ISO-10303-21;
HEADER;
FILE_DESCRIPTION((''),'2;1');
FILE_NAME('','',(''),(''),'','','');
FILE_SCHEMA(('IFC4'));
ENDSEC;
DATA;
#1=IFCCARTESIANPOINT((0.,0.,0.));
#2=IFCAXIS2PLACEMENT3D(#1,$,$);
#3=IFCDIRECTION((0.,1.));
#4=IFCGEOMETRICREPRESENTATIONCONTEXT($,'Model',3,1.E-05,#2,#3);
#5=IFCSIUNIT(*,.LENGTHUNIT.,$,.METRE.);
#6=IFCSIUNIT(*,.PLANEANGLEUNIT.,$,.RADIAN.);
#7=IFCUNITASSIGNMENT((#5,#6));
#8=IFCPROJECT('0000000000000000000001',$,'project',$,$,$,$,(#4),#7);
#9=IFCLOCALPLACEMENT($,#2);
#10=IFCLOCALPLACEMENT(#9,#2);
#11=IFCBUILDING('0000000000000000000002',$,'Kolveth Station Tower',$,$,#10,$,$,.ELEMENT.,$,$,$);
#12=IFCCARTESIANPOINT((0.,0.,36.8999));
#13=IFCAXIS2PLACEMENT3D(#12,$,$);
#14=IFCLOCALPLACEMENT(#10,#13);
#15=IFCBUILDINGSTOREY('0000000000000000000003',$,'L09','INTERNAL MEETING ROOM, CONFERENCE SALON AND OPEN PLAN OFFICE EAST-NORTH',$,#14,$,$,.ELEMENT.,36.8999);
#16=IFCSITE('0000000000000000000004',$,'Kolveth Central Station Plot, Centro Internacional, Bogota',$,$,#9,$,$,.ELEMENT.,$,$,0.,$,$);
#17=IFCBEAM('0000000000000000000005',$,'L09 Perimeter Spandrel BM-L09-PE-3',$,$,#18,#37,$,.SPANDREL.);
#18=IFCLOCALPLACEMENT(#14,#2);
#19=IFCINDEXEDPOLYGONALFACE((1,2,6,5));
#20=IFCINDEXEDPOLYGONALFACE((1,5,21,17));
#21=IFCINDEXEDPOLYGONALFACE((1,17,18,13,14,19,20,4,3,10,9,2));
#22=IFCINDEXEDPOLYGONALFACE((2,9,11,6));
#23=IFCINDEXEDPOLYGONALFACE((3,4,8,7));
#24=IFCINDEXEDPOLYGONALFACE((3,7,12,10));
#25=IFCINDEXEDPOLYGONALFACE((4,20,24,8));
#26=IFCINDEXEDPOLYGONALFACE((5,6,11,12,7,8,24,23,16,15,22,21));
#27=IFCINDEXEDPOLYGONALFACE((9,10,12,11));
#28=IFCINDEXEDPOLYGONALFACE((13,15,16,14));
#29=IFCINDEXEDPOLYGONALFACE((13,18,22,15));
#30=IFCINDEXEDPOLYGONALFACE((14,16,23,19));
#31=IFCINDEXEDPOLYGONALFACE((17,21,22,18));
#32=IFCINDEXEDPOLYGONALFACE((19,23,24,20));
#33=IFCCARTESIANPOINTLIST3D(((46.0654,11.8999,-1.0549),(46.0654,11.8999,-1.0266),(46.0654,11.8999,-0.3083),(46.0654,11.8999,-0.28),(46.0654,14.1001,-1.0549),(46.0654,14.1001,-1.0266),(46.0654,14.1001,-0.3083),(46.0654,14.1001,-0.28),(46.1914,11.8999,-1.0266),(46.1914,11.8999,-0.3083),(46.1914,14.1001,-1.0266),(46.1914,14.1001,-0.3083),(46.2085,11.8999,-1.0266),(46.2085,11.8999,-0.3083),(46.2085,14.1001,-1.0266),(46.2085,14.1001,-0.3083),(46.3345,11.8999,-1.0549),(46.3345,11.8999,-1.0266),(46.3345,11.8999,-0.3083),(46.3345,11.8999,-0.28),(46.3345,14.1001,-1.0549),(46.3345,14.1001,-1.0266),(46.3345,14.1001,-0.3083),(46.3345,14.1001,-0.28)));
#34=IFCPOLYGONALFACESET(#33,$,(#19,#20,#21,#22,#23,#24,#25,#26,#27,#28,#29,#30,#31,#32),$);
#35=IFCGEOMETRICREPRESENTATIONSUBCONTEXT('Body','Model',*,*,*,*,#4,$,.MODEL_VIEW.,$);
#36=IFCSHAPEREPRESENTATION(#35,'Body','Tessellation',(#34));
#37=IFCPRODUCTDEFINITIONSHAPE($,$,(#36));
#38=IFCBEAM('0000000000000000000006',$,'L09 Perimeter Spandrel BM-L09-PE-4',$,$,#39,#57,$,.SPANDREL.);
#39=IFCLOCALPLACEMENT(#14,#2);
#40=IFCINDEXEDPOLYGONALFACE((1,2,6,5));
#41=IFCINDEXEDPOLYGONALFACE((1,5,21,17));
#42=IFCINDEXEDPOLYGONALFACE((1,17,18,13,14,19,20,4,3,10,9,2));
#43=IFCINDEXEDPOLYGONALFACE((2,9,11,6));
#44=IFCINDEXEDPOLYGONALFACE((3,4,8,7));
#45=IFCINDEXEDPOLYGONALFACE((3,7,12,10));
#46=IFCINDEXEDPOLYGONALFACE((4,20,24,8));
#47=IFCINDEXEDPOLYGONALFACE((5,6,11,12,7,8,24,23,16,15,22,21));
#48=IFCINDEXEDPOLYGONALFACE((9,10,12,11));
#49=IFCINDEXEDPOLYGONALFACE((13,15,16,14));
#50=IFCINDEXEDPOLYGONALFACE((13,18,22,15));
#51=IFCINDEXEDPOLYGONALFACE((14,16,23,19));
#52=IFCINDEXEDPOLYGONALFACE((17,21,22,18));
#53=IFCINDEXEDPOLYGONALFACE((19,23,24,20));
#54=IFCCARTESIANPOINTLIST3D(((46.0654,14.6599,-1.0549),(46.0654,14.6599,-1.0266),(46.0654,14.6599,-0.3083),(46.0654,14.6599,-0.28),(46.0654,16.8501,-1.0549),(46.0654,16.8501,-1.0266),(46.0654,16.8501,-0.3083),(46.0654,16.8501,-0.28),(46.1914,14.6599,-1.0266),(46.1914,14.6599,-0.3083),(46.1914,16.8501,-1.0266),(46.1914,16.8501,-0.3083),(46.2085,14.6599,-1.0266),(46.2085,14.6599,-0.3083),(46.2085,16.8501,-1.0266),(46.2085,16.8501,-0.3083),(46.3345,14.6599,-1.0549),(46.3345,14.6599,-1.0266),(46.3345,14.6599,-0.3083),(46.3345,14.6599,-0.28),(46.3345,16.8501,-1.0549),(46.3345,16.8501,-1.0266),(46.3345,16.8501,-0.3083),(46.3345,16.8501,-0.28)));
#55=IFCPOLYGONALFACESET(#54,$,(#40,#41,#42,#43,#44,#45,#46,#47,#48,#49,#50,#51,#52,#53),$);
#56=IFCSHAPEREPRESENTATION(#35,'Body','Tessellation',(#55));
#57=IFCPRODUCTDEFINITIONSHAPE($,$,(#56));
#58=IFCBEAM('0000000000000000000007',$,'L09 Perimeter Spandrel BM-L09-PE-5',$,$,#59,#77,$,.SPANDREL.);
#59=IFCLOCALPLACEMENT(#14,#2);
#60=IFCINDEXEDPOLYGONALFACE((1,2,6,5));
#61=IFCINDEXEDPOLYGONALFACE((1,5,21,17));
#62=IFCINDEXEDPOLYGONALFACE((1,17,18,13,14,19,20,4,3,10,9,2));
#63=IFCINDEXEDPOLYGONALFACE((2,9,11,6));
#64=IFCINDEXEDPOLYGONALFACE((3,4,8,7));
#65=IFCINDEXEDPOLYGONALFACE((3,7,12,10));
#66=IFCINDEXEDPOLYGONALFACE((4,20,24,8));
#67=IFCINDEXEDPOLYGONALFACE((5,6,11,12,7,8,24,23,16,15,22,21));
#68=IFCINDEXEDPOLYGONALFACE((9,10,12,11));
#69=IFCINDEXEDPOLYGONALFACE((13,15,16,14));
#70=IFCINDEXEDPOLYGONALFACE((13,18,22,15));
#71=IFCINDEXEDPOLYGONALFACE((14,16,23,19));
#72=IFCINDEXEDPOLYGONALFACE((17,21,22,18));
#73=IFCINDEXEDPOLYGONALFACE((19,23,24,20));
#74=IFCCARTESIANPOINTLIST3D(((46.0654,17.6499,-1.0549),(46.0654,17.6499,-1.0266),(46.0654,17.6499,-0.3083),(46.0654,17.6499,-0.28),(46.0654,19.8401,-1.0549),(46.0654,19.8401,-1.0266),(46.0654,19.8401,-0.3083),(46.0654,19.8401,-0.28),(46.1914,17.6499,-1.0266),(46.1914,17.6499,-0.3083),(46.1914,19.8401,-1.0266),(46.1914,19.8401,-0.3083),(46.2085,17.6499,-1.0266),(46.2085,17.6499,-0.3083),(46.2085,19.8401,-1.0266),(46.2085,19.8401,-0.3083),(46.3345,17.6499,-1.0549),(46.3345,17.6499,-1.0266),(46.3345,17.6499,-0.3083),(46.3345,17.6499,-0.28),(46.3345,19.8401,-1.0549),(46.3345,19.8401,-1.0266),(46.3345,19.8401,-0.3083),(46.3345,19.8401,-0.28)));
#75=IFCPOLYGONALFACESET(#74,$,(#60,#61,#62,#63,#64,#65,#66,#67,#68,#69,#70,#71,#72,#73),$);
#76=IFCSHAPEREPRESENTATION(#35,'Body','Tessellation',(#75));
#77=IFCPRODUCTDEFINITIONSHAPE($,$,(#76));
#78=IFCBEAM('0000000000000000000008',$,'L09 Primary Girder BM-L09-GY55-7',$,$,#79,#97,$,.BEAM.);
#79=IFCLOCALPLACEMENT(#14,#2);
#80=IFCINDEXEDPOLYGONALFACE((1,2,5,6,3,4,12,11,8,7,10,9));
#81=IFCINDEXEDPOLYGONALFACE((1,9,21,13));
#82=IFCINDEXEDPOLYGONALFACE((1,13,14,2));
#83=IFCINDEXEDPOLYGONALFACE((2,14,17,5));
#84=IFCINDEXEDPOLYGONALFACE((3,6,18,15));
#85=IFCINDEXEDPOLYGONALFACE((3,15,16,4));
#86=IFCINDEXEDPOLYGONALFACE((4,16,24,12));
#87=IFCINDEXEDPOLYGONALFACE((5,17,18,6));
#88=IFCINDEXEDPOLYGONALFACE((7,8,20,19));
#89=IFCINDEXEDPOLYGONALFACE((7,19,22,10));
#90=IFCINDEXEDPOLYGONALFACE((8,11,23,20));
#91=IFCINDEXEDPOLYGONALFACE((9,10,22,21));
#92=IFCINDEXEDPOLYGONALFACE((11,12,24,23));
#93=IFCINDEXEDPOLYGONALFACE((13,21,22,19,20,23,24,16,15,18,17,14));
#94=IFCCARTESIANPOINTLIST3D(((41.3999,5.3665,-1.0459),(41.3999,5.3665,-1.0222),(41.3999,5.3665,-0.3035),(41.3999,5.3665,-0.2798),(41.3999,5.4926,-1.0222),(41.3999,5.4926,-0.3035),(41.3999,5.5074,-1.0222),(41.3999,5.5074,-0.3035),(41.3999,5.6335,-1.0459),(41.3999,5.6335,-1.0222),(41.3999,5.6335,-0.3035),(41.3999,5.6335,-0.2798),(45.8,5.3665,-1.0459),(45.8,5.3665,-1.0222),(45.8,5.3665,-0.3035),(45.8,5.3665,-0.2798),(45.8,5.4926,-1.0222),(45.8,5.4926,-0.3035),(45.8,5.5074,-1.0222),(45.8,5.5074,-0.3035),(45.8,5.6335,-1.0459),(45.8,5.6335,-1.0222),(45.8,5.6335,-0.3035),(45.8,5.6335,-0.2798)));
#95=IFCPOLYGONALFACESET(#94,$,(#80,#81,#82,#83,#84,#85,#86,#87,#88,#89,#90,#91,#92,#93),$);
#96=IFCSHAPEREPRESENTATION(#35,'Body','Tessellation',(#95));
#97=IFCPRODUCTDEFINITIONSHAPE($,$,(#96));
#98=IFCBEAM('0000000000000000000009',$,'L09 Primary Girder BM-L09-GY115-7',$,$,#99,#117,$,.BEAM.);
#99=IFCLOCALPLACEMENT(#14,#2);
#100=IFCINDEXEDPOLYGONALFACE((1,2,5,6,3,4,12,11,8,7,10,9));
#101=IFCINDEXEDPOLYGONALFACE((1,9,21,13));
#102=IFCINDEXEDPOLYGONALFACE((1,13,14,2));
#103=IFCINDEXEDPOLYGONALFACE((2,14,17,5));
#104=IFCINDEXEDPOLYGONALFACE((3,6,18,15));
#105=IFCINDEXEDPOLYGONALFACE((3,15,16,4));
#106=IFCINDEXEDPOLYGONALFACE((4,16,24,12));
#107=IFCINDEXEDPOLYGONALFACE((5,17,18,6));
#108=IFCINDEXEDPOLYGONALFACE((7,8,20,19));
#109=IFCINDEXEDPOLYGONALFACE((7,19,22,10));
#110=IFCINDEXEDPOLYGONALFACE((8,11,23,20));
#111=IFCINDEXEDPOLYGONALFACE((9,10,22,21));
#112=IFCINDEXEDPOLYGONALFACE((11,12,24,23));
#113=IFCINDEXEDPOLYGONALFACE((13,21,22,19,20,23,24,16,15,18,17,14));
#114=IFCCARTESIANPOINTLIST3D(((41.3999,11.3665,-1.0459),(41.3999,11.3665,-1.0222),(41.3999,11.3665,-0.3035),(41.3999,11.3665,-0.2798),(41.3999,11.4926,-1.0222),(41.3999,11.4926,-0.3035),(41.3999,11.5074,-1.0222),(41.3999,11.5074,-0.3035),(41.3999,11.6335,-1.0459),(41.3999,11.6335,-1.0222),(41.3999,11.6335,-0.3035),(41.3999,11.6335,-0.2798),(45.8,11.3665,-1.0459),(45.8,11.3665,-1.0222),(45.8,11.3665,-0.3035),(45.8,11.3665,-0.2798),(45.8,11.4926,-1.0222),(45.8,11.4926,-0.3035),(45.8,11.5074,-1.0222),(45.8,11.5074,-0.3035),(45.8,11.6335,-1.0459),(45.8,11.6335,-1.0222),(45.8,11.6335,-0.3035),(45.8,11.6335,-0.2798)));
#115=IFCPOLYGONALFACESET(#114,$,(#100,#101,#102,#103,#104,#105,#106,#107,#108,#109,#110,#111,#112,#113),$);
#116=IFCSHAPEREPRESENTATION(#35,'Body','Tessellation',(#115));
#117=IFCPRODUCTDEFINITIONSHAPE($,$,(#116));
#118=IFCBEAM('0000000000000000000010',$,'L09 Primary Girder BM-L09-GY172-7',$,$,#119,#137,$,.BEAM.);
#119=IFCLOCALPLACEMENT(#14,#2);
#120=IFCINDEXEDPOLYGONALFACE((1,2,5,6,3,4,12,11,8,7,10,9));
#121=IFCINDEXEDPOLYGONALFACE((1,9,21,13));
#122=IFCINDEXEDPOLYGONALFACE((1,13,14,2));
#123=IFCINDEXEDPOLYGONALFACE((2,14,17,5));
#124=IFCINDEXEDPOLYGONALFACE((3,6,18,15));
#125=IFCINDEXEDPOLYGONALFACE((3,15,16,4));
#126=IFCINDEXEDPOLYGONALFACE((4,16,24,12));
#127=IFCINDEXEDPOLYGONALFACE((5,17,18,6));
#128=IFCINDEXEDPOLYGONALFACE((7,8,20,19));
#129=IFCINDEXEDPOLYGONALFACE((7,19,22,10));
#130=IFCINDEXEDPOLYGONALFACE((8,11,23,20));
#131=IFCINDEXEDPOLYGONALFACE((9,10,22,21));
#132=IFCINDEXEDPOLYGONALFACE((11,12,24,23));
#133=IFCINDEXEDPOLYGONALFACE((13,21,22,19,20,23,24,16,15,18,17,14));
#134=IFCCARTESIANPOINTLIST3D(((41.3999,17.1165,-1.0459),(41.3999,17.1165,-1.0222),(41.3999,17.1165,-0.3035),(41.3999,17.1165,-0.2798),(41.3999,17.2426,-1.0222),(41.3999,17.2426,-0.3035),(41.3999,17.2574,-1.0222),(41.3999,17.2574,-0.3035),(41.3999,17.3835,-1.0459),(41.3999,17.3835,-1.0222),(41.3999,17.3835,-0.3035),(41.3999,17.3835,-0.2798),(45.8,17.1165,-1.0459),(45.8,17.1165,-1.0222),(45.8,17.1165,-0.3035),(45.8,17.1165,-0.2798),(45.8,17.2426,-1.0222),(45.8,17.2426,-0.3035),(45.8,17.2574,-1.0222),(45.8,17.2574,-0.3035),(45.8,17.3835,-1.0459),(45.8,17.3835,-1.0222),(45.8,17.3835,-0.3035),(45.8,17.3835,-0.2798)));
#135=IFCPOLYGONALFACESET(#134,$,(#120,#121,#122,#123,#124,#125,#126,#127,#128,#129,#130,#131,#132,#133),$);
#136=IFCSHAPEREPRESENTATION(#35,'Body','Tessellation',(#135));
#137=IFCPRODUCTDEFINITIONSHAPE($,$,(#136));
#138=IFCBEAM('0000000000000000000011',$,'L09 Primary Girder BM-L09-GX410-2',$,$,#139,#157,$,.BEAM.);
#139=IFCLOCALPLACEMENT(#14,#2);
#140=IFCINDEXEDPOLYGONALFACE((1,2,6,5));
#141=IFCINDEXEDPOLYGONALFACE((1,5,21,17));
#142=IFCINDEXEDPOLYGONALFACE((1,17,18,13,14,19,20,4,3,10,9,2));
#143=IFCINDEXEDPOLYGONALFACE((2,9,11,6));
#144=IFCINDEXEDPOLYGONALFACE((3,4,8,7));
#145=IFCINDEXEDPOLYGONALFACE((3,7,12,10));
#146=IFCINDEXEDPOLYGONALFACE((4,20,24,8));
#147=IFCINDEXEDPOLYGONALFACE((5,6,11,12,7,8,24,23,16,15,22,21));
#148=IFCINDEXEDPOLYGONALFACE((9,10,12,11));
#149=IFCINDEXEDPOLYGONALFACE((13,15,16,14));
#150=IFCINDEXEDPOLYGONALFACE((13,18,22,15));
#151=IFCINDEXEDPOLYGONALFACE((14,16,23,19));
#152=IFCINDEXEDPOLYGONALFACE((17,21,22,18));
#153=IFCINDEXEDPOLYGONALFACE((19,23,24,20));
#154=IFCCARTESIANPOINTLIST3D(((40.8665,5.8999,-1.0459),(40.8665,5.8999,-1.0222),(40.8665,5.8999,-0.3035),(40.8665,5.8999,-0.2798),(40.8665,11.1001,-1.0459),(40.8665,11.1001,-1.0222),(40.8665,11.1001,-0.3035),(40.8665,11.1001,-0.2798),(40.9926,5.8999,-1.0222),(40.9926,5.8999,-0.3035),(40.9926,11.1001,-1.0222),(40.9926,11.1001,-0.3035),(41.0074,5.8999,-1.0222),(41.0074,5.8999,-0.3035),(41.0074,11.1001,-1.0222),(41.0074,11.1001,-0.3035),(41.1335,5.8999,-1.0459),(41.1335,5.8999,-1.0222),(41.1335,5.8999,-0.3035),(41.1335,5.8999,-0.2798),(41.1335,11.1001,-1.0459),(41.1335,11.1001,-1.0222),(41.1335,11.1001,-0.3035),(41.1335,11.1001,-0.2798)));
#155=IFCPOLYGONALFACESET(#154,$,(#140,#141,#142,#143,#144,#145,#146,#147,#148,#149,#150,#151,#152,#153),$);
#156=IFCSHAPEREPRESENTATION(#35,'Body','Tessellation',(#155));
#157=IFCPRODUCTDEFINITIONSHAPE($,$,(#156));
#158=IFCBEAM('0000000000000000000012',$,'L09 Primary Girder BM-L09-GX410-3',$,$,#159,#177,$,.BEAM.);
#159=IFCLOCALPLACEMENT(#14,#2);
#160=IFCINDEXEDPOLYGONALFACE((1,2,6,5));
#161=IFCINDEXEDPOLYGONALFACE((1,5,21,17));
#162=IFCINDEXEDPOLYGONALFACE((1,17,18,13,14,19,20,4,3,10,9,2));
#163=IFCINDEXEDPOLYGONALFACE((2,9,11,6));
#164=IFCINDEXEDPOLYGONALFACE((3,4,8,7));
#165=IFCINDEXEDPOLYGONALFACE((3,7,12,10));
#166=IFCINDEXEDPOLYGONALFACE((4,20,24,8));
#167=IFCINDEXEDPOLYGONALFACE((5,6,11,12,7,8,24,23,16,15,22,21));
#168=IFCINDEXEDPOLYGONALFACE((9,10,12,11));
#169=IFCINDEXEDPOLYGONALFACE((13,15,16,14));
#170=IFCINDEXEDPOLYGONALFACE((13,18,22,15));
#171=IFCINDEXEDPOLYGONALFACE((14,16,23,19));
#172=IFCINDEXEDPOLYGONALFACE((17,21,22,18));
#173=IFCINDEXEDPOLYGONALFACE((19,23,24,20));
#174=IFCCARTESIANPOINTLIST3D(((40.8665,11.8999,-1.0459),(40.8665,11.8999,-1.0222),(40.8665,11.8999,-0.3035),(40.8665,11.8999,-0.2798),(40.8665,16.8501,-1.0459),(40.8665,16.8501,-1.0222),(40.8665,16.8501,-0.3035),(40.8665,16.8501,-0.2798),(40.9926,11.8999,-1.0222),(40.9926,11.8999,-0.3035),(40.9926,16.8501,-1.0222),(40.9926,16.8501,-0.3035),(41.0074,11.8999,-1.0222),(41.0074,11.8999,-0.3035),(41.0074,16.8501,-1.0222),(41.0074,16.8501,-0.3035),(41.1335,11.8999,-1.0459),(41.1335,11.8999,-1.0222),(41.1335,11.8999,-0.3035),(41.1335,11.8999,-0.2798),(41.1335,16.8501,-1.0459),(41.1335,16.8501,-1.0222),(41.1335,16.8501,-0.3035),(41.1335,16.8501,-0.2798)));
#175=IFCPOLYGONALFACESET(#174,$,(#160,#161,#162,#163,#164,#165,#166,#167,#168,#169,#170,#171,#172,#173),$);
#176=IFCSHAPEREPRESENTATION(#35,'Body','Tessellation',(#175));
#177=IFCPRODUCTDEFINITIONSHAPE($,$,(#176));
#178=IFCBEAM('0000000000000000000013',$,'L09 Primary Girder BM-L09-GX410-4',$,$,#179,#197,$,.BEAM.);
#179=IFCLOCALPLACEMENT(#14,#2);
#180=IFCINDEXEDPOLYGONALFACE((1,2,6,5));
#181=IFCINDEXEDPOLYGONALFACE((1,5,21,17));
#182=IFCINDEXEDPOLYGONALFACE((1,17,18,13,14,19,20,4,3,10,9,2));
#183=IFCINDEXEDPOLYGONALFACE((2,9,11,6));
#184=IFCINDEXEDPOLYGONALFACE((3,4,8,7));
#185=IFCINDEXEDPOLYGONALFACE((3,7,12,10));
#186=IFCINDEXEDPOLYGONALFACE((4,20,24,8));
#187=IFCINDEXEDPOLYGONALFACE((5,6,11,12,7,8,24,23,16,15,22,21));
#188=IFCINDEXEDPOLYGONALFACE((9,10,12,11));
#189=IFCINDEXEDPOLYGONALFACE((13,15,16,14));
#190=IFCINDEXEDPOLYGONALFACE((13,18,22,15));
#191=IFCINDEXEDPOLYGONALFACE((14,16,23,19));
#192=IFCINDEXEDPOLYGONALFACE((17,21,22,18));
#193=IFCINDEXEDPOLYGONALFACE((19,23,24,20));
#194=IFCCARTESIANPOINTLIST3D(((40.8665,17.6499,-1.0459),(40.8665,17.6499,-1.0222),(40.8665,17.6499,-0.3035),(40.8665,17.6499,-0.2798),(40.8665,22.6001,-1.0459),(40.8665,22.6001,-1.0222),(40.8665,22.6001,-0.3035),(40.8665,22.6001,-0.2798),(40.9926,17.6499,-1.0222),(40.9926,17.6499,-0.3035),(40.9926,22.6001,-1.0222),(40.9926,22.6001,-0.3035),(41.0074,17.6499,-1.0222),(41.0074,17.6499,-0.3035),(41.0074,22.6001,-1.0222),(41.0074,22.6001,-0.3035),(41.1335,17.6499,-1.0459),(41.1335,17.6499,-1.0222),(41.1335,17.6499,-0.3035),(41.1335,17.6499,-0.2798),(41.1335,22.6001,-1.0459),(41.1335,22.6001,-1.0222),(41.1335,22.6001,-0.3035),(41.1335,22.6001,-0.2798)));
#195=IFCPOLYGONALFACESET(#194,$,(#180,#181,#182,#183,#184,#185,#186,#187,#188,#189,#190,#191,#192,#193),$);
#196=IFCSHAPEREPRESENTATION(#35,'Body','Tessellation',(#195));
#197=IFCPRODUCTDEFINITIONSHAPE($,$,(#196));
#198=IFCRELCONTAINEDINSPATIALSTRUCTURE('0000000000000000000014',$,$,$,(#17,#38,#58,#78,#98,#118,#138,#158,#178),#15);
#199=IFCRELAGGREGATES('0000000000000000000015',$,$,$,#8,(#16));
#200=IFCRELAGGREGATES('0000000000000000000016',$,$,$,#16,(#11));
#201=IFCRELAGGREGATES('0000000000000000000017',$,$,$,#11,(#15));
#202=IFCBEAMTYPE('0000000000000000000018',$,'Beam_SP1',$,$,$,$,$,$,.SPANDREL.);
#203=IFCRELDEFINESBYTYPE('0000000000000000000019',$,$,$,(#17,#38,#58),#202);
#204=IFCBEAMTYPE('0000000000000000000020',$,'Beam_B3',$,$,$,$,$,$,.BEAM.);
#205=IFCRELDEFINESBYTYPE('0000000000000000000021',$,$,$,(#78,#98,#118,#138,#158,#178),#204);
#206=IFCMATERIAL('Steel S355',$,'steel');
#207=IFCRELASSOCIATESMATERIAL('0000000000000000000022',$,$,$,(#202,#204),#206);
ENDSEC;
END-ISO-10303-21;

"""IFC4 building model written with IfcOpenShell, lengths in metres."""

from ifc_helpers import new_model, si_unit, direction, frame, origin, origin_2d, place, context, subcontext, project, spatial, i_section, extrude, source, transform, mapped, material, material_profile, profile_set, type_object, element, save


model = new_model("IFC4")

# Units and contexts
model_context = context("Model", 3, precision=1e-05, world=origin(), true_north=direction((0.0, 1.0)))
body_context = subcontext(model_context, "Body", "Model", "MODEL_VIEW")
ifc_project = project(units=[si_unit("LENGTHUNIT", "METRE"), si_unit("PLANEANGLEUNIT", "RADIAN")], contexts=[model_context])

# Site, building, storey
site_placement = place(None, origin())
site = spatial("IfcSite", under=ifc_project, at=site_placement, Name="Kolveth Central Station Plot, Centro Internacional, Bogota", CompositionType="ELEMENT", RefElevation=0.0)
building_placement = place(site_placement, origin())
building = spatial("IfcBuilding", under=site, at=building_placement, Name="Kolveth Station Tower", CompositionType="ELEMENT")
storey_placement = place(building_placement, frame((0.0, 0.0, 36.8999)))
storey = spatial("IfcBuildingStorey", under=building, at=storey_placement, Name="L09", Description="INTERNAL MEETING ROOM, CONFERENCE SALON AND OPEN PLAN OFFICE EAST-NORTH", CompositionType="ELEMENT", Elevation=36.8999)

# Shared definitions
ifc_material_1 = material(Name="Steel S355", Category="steel")

# Beams
ifc_material_profile_1 = material_profile(ifc_material_1, i_section(OverallWidth=0.269, OverallDepth=0.7749, WebThickness=0.0171, FlangeThickness=0.0283, at=origin_2d()), Name="W760x220")
ifc_profile_set_1 = profile_set([ifc_material_profile_1], Name="Steel S355")
beam_type_1 = type_object("IfcBeamType", Name="Beam_SP1", PredefinedType="SPANDREL", material=ifc_profile_set_1)
shared_shape_1 = source(origin(), body_context, "Body", "SweptSolid", [
    extrude(i_section(OverallWidth=0.269, OverallDepth=0.7749, WebThickness=0.0171, FlangeThickness=0.0283, at=origin_2d()), origin(), (0.0, 0.0, 1.0), 2.2002),
])
beam_1_placement = place(storey_placement, frame((46.2, 11.8999, -0.6675), z_axis=(0.0, 1.0, 0.0), x_axis=(-1.0, 0.0, 0.0)))
element("IfcBeam", 1, at=beam_1_placement, inside=storey, type_object=beam_type_1, Name="L09 Perimeter Spandrel BM-L09-PE-3", PredefinedType="SPANDREL", context=body_context, shape_type="MappedRepresentation", body=[
    mapped(shared_shape_1, transform((0.0, 0.0, 0.0), x_axis=(1.0, 0.0, 0.0), y_axis=(0.0, 1.0, 0.0), z_axis=(0.0, 0.0, 1.0), scale=1.0)),
])
shared_shape_2 = source(origin(), body_context, "Body", "SweptSolid", [
    extrude(i_section(OverallWidth=0.269, OverallDepth=0.7749, WebThickness=0.0171, FlangeThickness=0.0283, at=origin_2d()), origin(), (0.0, 0.0, 1.0), 2.1902),
])
for number, where, z_axis, x_axis, name in (
    (2, (46.2, 14.6599, -0.6675), (0.0, 1.0, 0.0), (-1.0, 0.0, 0.0), "L09 Perimeter Spandrel BM-L09-PE-4"),
    (3, (46.2, 17.6499, -0.6675), (0.0, 1.0, 0.0), (-1.0, 0.0, 0.0), "L09 Perimeter Spandrel BM-L09-PE-5"),
):
    element("IfcBeam", number, at=place(storey_placement, frame(where, z_axis=z_axis, x_axis=x_axis)), inside=storey, type_object=beam_type_1, Name=name, PredefinedType="SPANDREL", context=body_context, shape_type="MappedRepresentation", body=[
        mapped(shared_shape_2, transform((0.0, 0.0, 0.0), x_axis=(1.0, 0.0, 0.0), y_axis=(0.0, 1.0, 0.0), z_axis=(0.0, 0.0, 1.0), scale=1.0)),
    ])
ifc_material_profile_2 = material_profile(ifc_material_1, i_section(OverallWidth=0.2671, OverallDepth=0.7661, WebThickness=0.0149, FlangeThickness=0.0237, at=origin_2d()), Name="W760x185")
ifc_profile_set_2 = profile_set([ifc_material_profile_2], Name="Steel S355")
beam_type_2 = type_object("IfcBeamType", Name="Beam_B3", PredefinedType="BEAM", material=ifc_profile_set_2)
shared_shape_3 = source(origin(), body_context, "Body", "SweptSolid", [
    extrude(i_section(OverallWidth=0.2671, OverallDepth=0.7661, WebThickness=0.0149, FlangeThickness=0.0237, at=origin_2d()), origin(), (0.0, 0.0, 1.0), 4.4001),
])
for number, where, z_axis, x_axis, name in (
    (4, (41.3999, 5.5, -0.6628), (1.0, 0.0, 0.0), (0.0, 1.0, 0.0), "L09 Primary Girder BM-L09-GY55-7"),
    (5, (41.3999, 11.5, -0.6628), (1.0, 0.0, 0.0), (0.0, 1.0, 0.0), "L09 Primary Girder BM-L09-GY115-7"),
    (6, (41.3999, 17.25, -0.6628), (1.0, 0.0, 0.0), (0.0, 1.0, 0.0), "L09 Primary Girder BM-L09-GY172-7"),
):
    element("IfcBeam", number, at=place(storey_placement, frame(where, z_axis=z_axis, x_axis=x_axis)), inside=storey, type_object=beam_type_2, Name=name, PredefinedType="BEAM", context=body_context, shape_type="MappedRepresentation", body=[
        mapped(shared_shape_3, transform((0.0, 0.0, 0.0), x_axis=(1.0, 0.0, 0.0), y_axis=(0.0, 1.0, 0.0), z_axis=(0.0, 0.0, 1.0), scale=1.0)),
    ])
shared_shape_4 = source(origin(), body_context, "Body", "SweptSolid", [
    extrude(i_section(OverallWidth=0.2671, OverallDepth=0.7661, WebThickness=0.0149, FlangeThickness=0.0237, at=origin_2d()), origin(), (0.0, 0.0, 1.0), 5.2002),
])
beam_2_placement = place(storey_placement, frame((41.0, 5.8999, -0.6628), z_axis=(0.0, 1.0, 0.0), x_axis=(-1.0, 0.0, 0.0)))
element("IfcBeam", 7, at=beam_2_placement, inside=storey, type_object=beam_type_2, Name="L09 Primary Girder BM-L09-GX410-2", PredefinedType="BEAM", context=body_context, shape_type="MappedRepresentation", body=[
    mapped(shared_shape_4, transform((0.0, 0.0, 0.0), x_axis=(1.0, 0.0, 0.0), y_axis=(0.0, 1.0, 0.0), z_axis=(0.0, 0.0, 1.0), scale=1.0)),
])
shared_shape_5 = source(origin(), body_context, "Body", "SweptSolid", [
    extrude(i_section(OverallWidth=0.2671, OverallDepth=0.7661, WebThickness=0.0149, FlangeThickness=0.0237, at=origin_2d()), origin(), (0.0, 0.0, 1.0), 4.9502),
])
for number, where, z_axis, x_axis, name in (
    (8, (41.0, 11.8999, -0.6628), (0.0, 1.0, 0.0), (-1.0, 0.0, 0.0), "L09 Primary Girder BM-L09-GX410-3"),
    (9, (41.0, 17.6499, -0.6628), (0.0, 1.0, 0.0), (-1.0, 0.0, 0.0), "L09 Primary Girder BM-L09-GX410-4"),
):
    element("IfcBeam", number, at=place(storey_placement, frame(where, z_axis=z_axis, x_axis=x_axis)), inside=storey, type_object=beam_type_2, Name=name, PredefinedType="BEAM", context=body_context, shape_type="MappedRepresentation", body=[
        mapped(shared_shape_5, transform((0.0, 0.0, 0.0), x_axis=(1.0, 0.0, 0.0), y_axis=(0.0, 1.0, 0.0), z_axis=(0.0, 0.0, 1.0), scale=1.0)),
    ])

save(model, "model.ifc")
